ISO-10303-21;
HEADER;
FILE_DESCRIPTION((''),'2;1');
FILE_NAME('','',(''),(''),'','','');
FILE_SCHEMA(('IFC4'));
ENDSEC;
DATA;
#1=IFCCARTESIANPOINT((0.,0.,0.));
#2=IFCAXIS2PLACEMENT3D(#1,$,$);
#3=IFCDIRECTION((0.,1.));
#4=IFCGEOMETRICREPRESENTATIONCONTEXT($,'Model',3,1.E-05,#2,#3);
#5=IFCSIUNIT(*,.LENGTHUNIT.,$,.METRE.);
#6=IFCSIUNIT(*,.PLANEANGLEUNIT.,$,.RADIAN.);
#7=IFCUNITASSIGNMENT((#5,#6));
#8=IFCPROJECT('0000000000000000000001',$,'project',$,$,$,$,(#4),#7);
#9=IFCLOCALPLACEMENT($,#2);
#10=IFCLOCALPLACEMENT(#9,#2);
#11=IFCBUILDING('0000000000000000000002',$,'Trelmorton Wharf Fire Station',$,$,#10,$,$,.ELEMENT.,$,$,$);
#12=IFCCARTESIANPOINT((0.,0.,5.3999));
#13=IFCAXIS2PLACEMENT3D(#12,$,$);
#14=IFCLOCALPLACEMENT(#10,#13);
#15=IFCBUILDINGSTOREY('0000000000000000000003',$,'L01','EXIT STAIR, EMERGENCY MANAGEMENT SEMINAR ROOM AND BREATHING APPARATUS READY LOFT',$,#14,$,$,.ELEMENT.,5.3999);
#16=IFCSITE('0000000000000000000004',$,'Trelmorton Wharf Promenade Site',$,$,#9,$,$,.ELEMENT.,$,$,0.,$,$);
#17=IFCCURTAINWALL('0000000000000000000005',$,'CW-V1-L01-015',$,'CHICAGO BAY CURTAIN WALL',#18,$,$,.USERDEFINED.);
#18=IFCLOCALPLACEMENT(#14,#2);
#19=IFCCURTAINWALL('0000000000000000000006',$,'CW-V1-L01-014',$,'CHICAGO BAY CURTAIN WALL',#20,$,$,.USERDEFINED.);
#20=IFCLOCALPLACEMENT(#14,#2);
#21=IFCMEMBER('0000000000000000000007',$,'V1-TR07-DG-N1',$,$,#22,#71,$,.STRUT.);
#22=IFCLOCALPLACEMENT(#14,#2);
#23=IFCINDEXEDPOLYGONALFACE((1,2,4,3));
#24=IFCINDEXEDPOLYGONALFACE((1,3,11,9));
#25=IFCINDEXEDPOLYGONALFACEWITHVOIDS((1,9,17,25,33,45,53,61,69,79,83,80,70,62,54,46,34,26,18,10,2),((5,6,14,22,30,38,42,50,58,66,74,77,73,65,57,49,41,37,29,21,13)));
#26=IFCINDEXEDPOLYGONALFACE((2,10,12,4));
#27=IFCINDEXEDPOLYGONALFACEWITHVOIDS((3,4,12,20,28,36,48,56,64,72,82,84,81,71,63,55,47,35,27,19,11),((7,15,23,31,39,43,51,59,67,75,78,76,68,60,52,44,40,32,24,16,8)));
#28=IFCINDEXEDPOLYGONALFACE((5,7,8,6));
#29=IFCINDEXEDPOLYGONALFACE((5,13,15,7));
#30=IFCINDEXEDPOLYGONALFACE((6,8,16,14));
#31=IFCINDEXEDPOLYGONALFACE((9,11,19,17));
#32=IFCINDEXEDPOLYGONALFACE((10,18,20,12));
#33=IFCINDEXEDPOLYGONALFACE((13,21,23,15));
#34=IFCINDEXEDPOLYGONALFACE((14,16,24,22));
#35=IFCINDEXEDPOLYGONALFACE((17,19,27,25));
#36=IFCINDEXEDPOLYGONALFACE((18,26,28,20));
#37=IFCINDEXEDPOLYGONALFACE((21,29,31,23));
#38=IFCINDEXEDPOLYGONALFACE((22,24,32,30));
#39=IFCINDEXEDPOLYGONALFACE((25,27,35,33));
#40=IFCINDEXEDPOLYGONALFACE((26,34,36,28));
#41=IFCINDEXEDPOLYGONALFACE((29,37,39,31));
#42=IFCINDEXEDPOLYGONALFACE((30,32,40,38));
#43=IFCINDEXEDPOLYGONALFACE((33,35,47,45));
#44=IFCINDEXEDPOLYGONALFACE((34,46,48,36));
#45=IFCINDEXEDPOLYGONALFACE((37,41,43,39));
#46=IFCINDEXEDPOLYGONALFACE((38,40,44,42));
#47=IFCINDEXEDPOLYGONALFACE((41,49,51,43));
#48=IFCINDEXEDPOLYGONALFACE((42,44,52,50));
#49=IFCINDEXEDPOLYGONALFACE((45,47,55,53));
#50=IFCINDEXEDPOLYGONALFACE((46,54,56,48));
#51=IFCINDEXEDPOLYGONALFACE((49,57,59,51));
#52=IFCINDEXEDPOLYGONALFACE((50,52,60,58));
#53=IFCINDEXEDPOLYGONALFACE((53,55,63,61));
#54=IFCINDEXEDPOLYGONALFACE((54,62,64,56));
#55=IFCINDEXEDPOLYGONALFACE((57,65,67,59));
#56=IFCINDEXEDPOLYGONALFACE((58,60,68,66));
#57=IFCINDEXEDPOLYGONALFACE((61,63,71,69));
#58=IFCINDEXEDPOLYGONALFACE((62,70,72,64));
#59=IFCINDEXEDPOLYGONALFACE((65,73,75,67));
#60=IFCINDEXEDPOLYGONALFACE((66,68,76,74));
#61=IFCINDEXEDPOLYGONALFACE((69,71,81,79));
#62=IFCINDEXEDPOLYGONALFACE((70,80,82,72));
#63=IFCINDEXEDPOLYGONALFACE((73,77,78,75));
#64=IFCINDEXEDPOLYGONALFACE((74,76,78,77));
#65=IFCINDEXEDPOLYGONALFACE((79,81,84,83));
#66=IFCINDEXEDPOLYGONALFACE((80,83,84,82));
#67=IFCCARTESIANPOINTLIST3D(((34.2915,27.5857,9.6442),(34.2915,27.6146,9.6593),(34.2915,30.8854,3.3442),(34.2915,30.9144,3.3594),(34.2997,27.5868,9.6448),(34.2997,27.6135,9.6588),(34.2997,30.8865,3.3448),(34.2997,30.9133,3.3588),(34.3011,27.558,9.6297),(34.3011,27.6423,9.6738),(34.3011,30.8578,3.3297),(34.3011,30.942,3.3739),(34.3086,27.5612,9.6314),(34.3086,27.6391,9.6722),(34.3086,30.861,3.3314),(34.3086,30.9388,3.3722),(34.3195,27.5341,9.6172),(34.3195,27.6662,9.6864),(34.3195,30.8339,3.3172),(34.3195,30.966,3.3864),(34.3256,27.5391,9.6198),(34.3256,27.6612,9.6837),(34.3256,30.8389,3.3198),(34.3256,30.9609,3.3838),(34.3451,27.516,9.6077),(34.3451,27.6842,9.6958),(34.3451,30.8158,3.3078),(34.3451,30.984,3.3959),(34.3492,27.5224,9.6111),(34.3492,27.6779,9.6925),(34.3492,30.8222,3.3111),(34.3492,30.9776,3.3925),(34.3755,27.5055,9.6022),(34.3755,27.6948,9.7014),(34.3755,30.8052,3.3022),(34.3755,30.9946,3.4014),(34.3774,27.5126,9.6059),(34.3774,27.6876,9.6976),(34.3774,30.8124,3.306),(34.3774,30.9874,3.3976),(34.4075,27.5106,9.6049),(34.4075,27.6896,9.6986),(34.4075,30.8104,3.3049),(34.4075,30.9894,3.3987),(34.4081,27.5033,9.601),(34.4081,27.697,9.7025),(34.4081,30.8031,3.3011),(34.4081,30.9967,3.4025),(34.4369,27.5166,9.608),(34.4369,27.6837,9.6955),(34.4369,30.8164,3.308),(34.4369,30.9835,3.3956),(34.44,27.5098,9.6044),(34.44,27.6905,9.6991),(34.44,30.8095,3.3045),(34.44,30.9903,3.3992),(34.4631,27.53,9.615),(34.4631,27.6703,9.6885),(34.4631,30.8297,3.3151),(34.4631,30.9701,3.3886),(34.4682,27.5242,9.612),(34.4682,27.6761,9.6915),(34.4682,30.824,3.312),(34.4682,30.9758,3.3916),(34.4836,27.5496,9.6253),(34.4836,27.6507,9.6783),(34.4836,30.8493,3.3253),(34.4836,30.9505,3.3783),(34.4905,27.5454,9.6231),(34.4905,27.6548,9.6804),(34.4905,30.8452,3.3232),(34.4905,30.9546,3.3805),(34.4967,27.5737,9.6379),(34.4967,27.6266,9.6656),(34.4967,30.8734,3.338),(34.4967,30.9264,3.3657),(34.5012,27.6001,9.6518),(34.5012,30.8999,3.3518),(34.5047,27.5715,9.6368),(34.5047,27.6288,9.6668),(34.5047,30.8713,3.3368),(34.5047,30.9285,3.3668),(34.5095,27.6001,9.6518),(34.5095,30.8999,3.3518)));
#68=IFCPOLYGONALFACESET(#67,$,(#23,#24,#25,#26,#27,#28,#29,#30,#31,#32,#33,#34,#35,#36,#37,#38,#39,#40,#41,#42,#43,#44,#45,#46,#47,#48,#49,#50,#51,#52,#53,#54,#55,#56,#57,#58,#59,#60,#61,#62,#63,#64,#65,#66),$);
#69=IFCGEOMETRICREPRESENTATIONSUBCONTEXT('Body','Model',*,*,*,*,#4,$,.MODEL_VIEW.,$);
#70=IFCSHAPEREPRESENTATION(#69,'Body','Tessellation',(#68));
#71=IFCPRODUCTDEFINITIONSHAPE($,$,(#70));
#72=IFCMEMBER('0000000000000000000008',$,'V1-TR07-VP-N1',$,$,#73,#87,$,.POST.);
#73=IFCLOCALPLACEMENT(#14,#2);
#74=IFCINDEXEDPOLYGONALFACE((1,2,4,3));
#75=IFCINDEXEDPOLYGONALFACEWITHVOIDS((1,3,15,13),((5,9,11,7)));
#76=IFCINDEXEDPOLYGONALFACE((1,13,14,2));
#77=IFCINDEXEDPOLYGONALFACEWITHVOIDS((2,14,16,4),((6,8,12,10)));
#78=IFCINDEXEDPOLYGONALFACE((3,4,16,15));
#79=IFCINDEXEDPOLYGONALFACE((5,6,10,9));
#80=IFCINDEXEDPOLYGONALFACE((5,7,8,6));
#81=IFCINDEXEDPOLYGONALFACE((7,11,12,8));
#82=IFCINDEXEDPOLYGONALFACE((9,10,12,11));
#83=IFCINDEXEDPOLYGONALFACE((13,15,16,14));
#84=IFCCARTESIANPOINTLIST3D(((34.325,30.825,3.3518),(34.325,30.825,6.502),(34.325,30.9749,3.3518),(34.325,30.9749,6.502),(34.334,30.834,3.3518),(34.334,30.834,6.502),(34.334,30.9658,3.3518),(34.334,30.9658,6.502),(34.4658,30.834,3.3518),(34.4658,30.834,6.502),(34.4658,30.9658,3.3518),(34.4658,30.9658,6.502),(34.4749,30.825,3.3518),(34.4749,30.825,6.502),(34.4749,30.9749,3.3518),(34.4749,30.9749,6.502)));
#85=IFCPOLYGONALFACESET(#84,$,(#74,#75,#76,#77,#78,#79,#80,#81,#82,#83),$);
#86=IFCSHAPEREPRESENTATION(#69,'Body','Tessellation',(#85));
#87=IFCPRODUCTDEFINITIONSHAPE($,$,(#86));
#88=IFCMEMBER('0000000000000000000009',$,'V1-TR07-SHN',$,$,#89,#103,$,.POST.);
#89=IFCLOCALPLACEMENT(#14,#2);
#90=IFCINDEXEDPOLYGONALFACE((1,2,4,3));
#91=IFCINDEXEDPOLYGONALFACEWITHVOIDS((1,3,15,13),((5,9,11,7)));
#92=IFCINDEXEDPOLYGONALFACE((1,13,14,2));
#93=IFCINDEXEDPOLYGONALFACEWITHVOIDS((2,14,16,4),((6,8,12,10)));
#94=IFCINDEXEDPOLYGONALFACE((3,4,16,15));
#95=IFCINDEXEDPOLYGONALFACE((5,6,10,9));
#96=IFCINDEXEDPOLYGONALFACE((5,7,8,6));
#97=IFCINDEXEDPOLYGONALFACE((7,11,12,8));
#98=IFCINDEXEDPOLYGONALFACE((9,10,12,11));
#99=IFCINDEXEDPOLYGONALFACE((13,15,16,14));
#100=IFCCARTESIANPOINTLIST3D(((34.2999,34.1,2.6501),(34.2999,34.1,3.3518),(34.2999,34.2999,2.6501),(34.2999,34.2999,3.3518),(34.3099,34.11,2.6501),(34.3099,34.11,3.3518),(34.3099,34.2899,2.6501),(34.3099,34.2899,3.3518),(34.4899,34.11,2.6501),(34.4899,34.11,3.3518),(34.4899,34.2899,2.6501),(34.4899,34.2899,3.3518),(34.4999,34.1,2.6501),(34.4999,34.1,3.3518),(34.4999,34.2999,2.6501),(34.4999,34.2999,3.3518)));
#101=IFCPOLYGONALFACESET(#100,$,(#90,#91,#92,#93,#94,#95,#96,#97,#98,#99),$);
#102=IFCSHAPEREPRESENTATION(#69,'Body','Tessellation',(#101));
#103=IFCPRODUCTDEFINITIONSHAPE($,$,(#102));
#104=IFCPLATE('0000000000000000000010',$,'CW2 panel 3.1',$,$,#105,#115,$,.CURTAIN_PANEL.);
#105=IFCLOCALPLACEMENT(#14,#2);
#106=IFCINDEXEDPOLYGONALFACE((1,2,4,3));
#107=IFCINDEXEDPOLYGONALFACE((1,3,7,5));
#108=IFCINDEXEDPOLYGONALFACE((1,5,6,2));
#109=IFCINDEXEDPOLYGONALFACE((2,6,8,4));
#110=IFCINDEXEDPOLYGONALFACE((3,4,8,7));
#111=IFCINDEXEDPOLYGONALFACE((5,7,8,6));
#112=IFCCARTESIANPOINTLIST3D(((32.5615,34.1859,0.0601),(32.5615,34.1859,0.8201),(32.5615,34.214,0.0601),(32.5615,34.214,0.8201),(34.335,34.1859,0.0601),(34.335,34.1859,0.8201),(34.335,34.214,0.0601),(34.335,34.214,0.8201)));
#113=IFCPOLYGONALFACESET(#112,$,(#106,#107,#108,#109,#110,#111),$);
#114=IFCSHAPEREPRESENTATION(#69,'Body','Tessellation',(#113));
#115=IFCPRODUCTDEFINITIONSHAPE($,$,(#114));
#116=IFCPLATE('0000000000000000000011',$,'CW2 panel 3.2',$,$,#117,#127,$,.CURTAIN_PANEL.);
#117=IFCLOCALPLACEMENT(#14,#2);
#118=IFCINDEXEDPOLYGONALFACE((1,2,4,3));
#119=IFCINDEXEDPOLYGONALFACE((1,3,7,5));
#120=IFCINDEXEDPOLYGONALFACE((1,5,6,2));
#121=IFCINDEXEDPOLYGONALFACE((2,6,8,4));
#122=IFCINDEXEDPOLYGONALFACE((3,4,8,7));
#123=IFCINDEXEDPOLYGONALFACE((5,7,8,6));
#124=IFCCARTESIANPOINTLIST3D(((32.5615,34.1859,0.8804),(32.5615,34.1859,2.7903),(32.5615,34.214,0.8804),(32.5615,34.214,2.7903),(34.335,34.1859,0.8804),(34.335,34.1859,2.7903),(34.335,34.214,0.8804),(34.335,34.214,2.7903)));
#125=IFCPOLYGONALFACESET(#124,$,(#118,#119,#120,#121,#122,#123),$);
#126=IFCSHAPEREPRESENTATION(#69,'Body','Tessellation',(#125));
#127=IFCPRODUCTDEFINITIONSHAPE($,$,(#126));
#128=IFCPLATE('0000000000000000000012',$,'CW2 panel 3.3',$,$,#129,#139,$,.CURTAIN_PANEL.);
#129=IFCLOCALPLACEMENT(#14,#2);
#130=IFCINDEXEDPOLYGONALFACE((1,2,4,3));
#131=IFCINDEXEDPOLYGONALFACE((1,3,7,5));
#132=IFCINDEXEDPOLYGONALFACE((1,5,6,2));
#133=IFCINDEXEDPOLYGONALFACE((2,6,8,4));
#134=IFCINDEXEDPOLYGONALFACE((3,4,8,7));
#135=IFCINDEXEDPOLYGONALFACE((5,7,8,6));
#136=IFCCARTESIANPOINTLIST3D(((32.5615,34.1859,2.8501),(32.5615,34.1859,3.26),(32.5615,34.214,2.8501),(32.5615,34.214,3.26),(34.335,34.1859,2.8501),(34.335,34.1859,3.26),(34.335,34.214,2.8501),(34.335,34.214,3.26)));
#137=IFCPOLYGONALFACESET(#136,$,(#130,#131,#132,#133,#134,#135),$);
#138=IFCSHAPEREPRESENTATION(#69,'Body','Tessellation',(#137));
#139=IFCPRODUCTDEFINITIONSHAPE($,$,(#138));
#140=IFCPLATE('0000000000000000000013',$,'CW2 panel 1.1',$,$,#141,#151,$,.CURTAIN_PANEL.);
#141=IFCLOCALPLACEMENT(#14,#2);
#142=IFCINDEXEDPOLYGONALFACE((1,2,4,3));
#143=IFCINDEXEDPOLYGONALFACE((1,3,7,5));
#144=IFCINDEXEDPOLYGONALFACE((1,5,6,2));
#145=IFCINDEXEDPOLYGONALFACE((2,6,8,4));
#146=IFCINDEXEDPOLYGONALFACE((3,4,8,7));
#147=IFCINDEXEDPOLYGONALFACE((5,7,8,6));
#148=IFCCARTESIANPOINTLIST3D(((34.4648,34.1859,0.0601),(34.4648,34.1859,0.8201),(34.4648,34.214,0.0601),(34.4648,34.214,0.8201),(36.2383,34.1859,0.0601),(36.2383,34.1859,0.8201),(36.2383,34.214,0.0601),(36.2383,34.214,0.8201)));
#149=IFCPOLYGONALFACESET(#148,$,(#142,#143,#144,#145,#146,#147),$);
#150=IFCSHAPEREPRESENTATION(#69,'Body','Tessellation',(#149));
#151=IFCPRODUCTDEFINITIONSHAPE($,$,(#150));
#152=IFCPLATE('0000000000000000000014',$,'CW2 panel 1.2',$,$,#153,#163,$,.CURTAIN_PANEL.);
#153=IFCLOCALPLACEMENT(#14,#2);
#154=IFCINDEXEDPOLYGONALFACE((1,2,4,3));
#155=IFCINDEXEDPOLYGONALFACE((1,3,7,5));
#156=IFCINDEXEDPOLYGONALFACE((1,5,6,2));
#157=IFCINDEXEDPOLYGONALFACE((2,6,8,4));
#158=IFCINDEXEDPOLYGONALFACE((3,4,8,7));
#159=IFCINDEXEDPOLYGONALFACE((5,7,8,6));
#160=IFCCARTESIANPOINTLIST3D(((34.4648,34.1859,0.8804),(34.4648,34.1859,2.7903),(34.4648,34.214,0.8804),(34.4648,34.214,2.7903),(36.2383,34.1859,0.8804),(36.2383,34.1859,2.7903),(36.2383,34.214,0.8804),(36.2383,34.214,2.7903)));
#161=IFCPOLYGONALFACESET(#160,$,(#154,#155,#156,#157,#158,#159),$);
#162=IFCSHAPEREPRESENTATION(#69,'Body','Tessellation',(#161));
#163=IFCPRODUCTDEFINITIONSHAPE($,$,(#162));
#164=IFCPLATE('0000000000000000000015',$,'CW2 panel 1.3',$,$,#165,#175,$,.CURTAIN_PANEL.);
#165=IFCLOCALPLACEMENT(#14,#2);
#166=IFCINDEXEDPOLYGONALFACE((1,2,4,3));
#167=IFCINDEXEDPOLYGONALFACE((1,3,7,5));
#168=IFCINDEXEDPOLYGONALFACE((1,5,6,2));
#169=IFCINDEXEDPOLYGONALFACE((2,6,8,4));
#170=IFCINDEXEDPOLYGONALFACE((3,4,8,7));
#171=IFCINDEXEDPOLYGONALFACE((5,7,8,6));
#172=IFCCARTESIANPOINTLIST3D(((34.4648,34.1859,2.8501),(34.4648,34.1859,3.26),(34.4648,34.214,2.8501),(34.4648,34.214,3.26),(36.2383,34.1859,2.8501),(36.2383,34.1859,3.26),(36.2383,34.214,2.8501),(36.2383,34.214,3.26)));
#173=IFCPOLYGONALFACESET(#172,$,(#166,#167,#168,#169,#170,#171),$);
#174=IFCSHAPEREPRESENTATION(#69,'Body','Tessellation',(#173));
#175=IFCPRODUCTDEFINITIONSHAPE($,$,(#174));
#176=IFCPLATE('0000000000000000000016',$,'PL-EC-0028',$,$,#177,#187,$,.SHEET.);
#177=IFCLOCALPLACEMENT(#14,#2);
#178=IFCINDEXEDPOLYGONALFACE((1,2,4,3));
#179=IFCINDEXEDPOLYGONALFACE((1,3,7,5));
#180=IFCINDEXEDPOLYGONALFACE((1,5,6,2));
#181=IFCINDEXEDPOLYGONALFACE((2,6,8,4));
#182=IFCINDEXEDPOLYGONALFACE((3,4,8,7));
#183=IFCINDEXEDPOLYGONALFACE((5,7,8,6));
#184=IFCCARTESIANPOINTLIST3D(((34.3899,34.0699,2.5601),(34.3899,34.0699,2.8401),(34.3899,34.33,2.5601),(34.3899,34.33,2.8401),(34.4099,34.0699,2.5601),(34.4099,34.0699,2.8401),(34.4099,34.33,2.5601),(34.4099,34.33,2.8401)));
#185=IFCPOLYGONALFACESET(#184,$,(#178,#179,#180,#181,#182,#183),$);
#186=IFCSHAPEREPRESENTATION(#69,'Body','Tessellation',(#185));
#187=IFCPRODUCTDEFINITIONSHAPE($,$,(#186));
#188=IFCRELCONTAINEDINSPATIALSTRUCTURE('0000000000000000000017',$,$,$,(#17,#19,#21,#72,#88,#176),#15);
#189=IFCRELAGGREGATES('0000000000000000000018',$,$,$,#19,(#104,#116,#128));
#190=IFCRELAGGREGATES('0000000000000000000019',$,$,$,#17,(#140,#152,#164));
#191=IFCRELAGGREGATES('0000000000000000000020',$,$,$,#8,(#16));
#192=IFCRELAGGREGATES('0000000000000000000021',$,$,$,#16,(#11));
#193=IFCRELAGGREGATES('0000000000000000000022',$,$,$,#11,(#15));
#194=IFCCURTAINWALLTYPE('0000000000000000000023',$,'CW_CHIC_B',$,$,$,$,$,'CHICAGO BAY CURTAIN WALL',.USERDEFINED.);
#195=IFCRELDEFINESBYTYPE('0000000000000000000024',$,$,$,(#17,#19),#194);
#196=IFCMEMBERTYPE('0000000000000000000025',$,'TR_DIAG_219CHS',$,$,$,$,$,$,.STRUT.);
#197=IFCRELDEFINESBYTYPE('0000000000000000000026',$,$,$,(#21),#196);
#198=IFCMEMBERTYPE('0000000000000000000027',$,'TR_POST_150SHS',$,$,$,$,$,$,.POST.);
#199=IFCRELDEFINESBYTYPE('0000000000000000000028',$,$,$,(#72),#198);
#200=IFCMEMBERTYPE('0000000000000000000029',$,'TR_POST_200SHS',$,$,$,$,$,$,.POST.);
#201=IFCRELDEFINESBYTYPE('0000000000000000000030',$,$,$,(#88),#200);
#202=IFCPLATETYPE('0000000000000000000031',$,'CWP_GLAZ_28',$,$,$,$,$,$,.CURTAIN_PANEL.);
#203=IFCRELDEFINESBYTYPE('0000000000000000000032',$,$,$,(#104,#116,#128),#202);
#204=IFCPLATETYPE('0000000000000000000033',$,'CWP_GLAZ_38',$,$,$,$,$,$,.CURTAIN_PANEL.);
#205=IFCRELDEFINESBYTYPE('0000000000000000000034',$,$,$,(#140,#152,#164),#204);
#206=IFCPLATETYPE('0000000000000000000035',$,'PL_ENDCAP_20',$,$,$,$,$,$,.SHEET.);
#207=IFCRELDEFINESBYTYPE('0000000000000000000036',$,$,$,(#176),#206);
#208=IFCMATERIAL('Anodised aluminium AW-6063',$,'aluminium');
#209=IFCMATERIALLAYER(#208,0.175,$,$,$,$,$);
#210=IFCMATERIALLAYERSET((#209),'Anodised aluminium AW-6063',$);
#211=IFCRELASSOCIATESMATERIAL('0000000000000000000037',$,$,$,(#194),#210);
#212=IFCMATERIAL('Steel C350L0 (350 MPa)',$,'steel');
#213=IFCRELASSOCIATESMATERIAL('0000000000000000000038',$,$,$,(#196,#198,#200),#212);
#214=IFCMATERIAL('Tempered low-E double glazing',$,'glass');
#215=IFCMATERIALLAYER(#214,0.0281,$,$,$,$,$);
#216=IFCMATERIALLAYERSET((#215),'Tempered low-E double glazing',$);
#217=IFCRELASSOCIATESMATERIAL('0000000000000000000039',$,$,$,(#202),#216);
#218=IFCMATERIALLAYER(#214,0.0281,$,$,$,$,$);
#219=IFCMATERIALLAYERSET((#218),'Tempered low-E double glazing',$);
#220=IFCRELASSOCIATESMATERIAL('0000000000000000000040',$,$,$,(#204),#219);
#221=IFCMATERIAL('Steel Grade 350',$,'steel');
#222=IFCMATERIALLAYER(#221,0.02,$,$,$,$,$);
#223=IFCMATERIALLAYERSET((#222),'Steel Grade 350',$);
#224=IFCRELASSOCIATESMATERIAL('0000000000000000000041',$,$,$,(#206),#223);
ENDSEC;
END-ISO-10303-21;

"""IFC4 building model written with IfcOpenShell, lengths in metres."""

from ifc_helpers import new_model, si_unit, direction, frame, origin, origin_2d, place, context, subcontext, project, spatial, rectangle, hollow_rectangle, hollow_circle, extrude, material, layer, layer_set, material_profile, profile_set, type_object, element, aggregate, save


model = new_model("IFC4")

# Units and contexts
model_context = context("Model", 3, precision=1e-05, world=origin(), true_north=direction((0.0, 1.0)))
body_context = subcontext(model_context, "Body", "Model", "MODEL_VIEW")
ifc_project = project(units=[si_unit("LENGTHUNIT", "METRE"), si_unit("PLANEANGLEUNIT", "RADIAN")], contexts=[model_context])

# Site, building, storey
site_placement = place(None, origin())
site = spatial("IfcSite", under=ifc_project, at=site_placement, Name="Trelmorton Wharf Promenade Site", CompositionType="ELEMENT", RefElevation=0.0)
building_placement = place(site_placement, origin())
building = spatial("IfcBuilding", under=site, at=building_placement, Name="Trelmorton Wharf Fire Station", CompositionType="ELEMENT")
storey_placement = place(building_placement, frame((0.0, 0.0, 5.3999)))
storey = spatial("IfcBuildingStorey", under=building, at=storey_placement, Name="L01", Description="EXIT STAIR, EMERGENCY MANAGEMENT SEMINAR ROOM AND BREATHING APPARATUS READY LOFT", CompositionType="ELEMENT", Elevation=5.3999)

# Shared definitions
ifc_material_1 = material(Name="Steel Grade 350", Category="steel")

# Curtain wall
ifc_material_2 = material(Name="Anodised aluminium AW-6063", Category="aluminium")
ifc_layer_1 = layer(ifc_material_2, 0.175)
ifc_layer_set_1 = layer_set([ifc_layer_1], Name="Anodised aluminium AW-6063")
curtain_wall_type = type_object("IfcCurtainWallType", Name="CW_CHIC_B", ElementType="CHICAGO BAY CURTAIN WALL", PredefinedType="USERDEFINED", material=ifc_layer_set_1)
curtain_wall_1_placement = place(storey_placement, origin())
curtain_wall_1 = element("IfcCurtainWall", 1, at=curtain_wall_1_placement, inside=storey, type_object=curtain_wall_type, Name="CW-V1-L01-015", ObjectType="CHICAGO BAY CURTAIN WALL", PredefinedType="USERDEFINED")

# Curtain wall
curtain_wall_2_placement = place(storey_placement, origin())
curtain_wall_2 = element("IfcCurtainWall", 2, at=curtain_wall_2_placement, inside=storey, type_object=curtain_wall_type, Name="CW-V1-L01-014", ObjectType="CHICAGO BAY CURTAIN WALL", PredefinedType="USERDEFINED")

# Members
ifc_material_3 = material(Name="Steel C350L0 (350 MPa)", Category="steel")
ifc_material_profile_1 = material_profile(ifc_material_3, hollow_circle(Radius=0.1096, WallThickness=0.0083, at=origin_2d()), Name="219.1x8.2CHS")
ifc_profile_set_1 = profile_set([ifc_material_profile_1], Name="Steel C350L0 (350 MPa)")
member_type_1 = type_object("IfcMemberType", Name="TR_DIAG_219CHS", PredefinedType="STRUT", material=ifc_profile_set_1)
member_1_placement = place(storey_placement, frame((34.3999, 30.8999, 3.3518), z_axis=(0.0, -0.463983, 0.885844), x_axis=(1.0, 0.0, 0.0)))
element("IfcMember", 3, at=member_1_placement, inside=storey, type_object=member_type_1, Name="V1-TR07-DG-N1", PredefinedType="STRUT", context=body_context, shape_type="SweptSolid", body=[
    extrude(hollow_circle(Radius=0.1096, WallThickness=0.0083, at=origin_2d()), origin(), (0.0, 0.0, 1.0), 7.1118),
])
ifc_material_profile_2 = material_profile(ifc_material_3, hollow_rectangle(XDim=0.1499, YDim=0.1499, WallThickness=0.009, at=origin_2d()), Name="150x150x9.0SHS")
ifc_profile_set_2 = profile_set([ifc_material_profile_2], Name="Steel C350L0 (350 MPa)")
member_type_2 = type_object("IfcMemberType", Name="TR_POST_150SHS", PredefinedType="POST", material=ifc_profile_set_2)
member_2_placement = place(storey_placement, frame((34.3999, 30.8999, 3.3518), z_axis=(0.0, 0.0, 1.0), x_axis=(1.0, 0.0, 0.0)))
element("IfcMember", 4, at=member_2_placement, inside=storey, type_object=member_type_2, Name="V1-TR07-VP-N1", PredefinedType="POST", context=body_context, shape_type="SweptSolid", body=[
    extrude(hollow_rectangle(XDim=0.1499, YDim=0.1499, WallThickness=0.009, at=origin_2d()), origin(), (0.0, 0.0, 1.0), 3.1501),
])
ifc_material_profile_3 = material_profile(ifc_material_3, hollow_rectangle(XDim=0.2, YDim=0.2, WallThickness=0.01, at=origin_2d()), Name="200x200x10.0SHS")
ifc_profile_set_3 = profile_set([ifc_material_profile_3], Name="Steel C350L0 (350 MPa)")
member_type_3 = type_object("IfcMemberType", Name="TR_POST_200SHS", PredefinedType="POST", material=ifc_profile_set_3)
member_3_placement = place(storey_placement, frame((34.3999, 34.2, 2.6501), z_axis=(0.0, 0.0, 1.0), x_axis=(1.0, 0.0, 0.0)))
element("IfcMember", 5, at=member_3_placement, inside=storey, type_object=member_type_3, Name="V1-TR07-SHN", PredefinedType="POST", context=body_context, shape_type="SweptSolid", body=[
    extrude(hollow_rectangle(XDim=0.2, YDim=0.2, WallThickness=0.01, at=origin_2d()), origin(), (0.0, 0.0, 1.0), 0.7017),
])

# Plates
ifc_material_4 = material(Name="Tempered low-E double glazing", Category="glass")
ifc_layer_2 = layer(ifc_material_4, 0.0281)
ifc_layer_set_2 = layer_set([ifc_layer_2], Name="Tempered low-E double glazing")
plate_type_1 = type_object("IfcPlateType", Name="CWP_GLAZ_28", PredefinedType="CURTAIN_PANEL", material=ifc_layer_set_2)
plate_1_placement = place(storey_placement, frame((33.4482, 34.2, 0.0601), z_axis=(0.0, 0.0, 1.0), x_axis=(1.0, 0.0, 0.0)))
plate_1 = element("IfcPlate", 6, at=plate_1_placement, type_object=plate_type_1, Name="CW2 panel 3.1", PredefinedType="CURTAIN_PANEL", context=body_context, shape_type="SweptSolid", body=[
    extrude(rectangle(XDim=1.7734, YDim=0.0281, at=origin_2d()), origin(), (0.0, 0.0, 1.0), 0.76),
])
plate_2_placement = place(storey_placement, frame((33.4482, 34.2, 0.8804), z_axis=(0.0, 0.0, 1.0), x_axis=(1.0, 0.0, 0.0)))
plate_2 = element("IfcPlate", 7, at=plate_2_placement, type_object=plate_type_1, Name="CW2 panel 3.2", PredefinedType="CURTAIN_PANEL", context=body_context, shape_type="SweptSolid", body=[
    extrude(rectangle(XDim=1.7734, YDim=0.0281, at=origin_2d()), origin(), (0.0, 0.0, 1.0), 1.9099),
])
plate_3_placement = place(storey_placement, frame((33.4482, 34.2, 2.8501), z_axis=(0.0, 0.0, 1.0), x_axis=(1.0, 0.0, 0.0)))
plate_3 = element("IfcPlate", 8, at=plate_3_placement, type_object=plate_type_1, Name="CW2 panel 3.3", PredefinedType="CURTAIN_PANEL", context=body_context, shape_type="SweptSolid", body=[
    extrude(rectangle(XDim=1.7734, YDim=0.0281, at=origin_2d()), origin(), (0.0, 0.0, 1.0), 0.4099),
])
aggregate(curtain_wall_2, [plate_1, plate_2, plate_3])
ifc_layer_3 = layer(ifc_material_4, 0.0281)
ifc_layer_set_3 = layer_set([ifc_layer_3], Name="Tempered low-E double glazing")
plate_type_2 = type_object("IfcPlateType", Name="CWP_GLAZ_38", PredefinedType="CURTAIN_PANEL", material=ifc_layer_set_3)
plate_4_placement = place(storey_placement, frame((35.3516, 34.2, 0.0601), z_axis=(0.0, 0.0, 1.0), x_axis=(1.0, 0.0, 0.0)))
plate_4 = element("IfcPlate", 9, at=plate_4_placement, type_object=plate_type_2, Name="CW2 panel 1.1", PredefinedType="CURTAIN_PANEL", context=body_context, shape_type="SweptSolid", body=[
    extrude(rectangle(XDim=1.7734, YDim=0.0281, at=origin_2d()), origin(), (0.0, 0.0, 1.0), 0.76),
])
plate_5_placement = place(storey_placement, frame((35.3516, 34.2, 0.8804), z_axis=(0.0, 0.0, 1.0), x_axis=(1.0, 0.0, 0.0)))
plate_5 = element("IfcPlate", 10, at=plate_5_placement, type_object=plate_type_2, Name="CW2 panel 1.2", PredefinedType="CURTAIN_PANEL", context=body_context, shape_type="SweptSolid", body=[
    extrude(rectangle(XDim=1.7734, YDim=0.0281, at=origin_2d()), origin(), (0.0, 0.0, 1.0), 1.9099),
])
plate_6_placement = place(storey_placement, frame((35.3516, 34.2, 2.8501), z_axis=(0.0, 0.0, 1.0), x_axis=(1.0, 0.0, 0.0)))
plate_6 = element("IfcPlate", 11, at=plate_6_placement, type_object=plate_type_2, Name="CW2 panel 1.3", PredefinedType="CURTAIN_PANEL", context=body_context, shape_type="SweptSolid", body=[
    extrude(rectangle(XDim=1.7734, YDim=0.0281, at=origin_2d()), origin(), (0.0, 0.0, 1.0), 0.4099),
])
aggregate(curtain_wall_1, [plate_4, plate_5, plate_6])

# Plate
ifc_layer_4 = layer(ifc_material_1, 0.02)
ifc_layer_set_4 = layer_set([ifc_layer_4], Name="Steel Grade 350")
plate_type_3 = type_object("IfcPlateType", Name="PL_ENDCAP_20", PredefinedType="SHEET", material=ifc_layer_set_4)
plate_7_placement = place(storey_placement, frame((34.3999, 34.2, 2.5601), z_axis=(0.0, 0.0, 1.0), x_axis=(1.0, 0.0, 0.0)))
element("IfcPlate", 12, at=plate_7_placement, inside=storey, type_object=plate_type_3, Name="PL-EC-0028", PredefinedType="SHEET", context=body_context, shape_type="SweptSolid", body=[
    extrude(rectangle(XDim=0.02, YDim=0.26, at=origin_2d()), origin(), (0.0, 0.0, 1.0), 0.28),
])

save(model, "model.ifc")
